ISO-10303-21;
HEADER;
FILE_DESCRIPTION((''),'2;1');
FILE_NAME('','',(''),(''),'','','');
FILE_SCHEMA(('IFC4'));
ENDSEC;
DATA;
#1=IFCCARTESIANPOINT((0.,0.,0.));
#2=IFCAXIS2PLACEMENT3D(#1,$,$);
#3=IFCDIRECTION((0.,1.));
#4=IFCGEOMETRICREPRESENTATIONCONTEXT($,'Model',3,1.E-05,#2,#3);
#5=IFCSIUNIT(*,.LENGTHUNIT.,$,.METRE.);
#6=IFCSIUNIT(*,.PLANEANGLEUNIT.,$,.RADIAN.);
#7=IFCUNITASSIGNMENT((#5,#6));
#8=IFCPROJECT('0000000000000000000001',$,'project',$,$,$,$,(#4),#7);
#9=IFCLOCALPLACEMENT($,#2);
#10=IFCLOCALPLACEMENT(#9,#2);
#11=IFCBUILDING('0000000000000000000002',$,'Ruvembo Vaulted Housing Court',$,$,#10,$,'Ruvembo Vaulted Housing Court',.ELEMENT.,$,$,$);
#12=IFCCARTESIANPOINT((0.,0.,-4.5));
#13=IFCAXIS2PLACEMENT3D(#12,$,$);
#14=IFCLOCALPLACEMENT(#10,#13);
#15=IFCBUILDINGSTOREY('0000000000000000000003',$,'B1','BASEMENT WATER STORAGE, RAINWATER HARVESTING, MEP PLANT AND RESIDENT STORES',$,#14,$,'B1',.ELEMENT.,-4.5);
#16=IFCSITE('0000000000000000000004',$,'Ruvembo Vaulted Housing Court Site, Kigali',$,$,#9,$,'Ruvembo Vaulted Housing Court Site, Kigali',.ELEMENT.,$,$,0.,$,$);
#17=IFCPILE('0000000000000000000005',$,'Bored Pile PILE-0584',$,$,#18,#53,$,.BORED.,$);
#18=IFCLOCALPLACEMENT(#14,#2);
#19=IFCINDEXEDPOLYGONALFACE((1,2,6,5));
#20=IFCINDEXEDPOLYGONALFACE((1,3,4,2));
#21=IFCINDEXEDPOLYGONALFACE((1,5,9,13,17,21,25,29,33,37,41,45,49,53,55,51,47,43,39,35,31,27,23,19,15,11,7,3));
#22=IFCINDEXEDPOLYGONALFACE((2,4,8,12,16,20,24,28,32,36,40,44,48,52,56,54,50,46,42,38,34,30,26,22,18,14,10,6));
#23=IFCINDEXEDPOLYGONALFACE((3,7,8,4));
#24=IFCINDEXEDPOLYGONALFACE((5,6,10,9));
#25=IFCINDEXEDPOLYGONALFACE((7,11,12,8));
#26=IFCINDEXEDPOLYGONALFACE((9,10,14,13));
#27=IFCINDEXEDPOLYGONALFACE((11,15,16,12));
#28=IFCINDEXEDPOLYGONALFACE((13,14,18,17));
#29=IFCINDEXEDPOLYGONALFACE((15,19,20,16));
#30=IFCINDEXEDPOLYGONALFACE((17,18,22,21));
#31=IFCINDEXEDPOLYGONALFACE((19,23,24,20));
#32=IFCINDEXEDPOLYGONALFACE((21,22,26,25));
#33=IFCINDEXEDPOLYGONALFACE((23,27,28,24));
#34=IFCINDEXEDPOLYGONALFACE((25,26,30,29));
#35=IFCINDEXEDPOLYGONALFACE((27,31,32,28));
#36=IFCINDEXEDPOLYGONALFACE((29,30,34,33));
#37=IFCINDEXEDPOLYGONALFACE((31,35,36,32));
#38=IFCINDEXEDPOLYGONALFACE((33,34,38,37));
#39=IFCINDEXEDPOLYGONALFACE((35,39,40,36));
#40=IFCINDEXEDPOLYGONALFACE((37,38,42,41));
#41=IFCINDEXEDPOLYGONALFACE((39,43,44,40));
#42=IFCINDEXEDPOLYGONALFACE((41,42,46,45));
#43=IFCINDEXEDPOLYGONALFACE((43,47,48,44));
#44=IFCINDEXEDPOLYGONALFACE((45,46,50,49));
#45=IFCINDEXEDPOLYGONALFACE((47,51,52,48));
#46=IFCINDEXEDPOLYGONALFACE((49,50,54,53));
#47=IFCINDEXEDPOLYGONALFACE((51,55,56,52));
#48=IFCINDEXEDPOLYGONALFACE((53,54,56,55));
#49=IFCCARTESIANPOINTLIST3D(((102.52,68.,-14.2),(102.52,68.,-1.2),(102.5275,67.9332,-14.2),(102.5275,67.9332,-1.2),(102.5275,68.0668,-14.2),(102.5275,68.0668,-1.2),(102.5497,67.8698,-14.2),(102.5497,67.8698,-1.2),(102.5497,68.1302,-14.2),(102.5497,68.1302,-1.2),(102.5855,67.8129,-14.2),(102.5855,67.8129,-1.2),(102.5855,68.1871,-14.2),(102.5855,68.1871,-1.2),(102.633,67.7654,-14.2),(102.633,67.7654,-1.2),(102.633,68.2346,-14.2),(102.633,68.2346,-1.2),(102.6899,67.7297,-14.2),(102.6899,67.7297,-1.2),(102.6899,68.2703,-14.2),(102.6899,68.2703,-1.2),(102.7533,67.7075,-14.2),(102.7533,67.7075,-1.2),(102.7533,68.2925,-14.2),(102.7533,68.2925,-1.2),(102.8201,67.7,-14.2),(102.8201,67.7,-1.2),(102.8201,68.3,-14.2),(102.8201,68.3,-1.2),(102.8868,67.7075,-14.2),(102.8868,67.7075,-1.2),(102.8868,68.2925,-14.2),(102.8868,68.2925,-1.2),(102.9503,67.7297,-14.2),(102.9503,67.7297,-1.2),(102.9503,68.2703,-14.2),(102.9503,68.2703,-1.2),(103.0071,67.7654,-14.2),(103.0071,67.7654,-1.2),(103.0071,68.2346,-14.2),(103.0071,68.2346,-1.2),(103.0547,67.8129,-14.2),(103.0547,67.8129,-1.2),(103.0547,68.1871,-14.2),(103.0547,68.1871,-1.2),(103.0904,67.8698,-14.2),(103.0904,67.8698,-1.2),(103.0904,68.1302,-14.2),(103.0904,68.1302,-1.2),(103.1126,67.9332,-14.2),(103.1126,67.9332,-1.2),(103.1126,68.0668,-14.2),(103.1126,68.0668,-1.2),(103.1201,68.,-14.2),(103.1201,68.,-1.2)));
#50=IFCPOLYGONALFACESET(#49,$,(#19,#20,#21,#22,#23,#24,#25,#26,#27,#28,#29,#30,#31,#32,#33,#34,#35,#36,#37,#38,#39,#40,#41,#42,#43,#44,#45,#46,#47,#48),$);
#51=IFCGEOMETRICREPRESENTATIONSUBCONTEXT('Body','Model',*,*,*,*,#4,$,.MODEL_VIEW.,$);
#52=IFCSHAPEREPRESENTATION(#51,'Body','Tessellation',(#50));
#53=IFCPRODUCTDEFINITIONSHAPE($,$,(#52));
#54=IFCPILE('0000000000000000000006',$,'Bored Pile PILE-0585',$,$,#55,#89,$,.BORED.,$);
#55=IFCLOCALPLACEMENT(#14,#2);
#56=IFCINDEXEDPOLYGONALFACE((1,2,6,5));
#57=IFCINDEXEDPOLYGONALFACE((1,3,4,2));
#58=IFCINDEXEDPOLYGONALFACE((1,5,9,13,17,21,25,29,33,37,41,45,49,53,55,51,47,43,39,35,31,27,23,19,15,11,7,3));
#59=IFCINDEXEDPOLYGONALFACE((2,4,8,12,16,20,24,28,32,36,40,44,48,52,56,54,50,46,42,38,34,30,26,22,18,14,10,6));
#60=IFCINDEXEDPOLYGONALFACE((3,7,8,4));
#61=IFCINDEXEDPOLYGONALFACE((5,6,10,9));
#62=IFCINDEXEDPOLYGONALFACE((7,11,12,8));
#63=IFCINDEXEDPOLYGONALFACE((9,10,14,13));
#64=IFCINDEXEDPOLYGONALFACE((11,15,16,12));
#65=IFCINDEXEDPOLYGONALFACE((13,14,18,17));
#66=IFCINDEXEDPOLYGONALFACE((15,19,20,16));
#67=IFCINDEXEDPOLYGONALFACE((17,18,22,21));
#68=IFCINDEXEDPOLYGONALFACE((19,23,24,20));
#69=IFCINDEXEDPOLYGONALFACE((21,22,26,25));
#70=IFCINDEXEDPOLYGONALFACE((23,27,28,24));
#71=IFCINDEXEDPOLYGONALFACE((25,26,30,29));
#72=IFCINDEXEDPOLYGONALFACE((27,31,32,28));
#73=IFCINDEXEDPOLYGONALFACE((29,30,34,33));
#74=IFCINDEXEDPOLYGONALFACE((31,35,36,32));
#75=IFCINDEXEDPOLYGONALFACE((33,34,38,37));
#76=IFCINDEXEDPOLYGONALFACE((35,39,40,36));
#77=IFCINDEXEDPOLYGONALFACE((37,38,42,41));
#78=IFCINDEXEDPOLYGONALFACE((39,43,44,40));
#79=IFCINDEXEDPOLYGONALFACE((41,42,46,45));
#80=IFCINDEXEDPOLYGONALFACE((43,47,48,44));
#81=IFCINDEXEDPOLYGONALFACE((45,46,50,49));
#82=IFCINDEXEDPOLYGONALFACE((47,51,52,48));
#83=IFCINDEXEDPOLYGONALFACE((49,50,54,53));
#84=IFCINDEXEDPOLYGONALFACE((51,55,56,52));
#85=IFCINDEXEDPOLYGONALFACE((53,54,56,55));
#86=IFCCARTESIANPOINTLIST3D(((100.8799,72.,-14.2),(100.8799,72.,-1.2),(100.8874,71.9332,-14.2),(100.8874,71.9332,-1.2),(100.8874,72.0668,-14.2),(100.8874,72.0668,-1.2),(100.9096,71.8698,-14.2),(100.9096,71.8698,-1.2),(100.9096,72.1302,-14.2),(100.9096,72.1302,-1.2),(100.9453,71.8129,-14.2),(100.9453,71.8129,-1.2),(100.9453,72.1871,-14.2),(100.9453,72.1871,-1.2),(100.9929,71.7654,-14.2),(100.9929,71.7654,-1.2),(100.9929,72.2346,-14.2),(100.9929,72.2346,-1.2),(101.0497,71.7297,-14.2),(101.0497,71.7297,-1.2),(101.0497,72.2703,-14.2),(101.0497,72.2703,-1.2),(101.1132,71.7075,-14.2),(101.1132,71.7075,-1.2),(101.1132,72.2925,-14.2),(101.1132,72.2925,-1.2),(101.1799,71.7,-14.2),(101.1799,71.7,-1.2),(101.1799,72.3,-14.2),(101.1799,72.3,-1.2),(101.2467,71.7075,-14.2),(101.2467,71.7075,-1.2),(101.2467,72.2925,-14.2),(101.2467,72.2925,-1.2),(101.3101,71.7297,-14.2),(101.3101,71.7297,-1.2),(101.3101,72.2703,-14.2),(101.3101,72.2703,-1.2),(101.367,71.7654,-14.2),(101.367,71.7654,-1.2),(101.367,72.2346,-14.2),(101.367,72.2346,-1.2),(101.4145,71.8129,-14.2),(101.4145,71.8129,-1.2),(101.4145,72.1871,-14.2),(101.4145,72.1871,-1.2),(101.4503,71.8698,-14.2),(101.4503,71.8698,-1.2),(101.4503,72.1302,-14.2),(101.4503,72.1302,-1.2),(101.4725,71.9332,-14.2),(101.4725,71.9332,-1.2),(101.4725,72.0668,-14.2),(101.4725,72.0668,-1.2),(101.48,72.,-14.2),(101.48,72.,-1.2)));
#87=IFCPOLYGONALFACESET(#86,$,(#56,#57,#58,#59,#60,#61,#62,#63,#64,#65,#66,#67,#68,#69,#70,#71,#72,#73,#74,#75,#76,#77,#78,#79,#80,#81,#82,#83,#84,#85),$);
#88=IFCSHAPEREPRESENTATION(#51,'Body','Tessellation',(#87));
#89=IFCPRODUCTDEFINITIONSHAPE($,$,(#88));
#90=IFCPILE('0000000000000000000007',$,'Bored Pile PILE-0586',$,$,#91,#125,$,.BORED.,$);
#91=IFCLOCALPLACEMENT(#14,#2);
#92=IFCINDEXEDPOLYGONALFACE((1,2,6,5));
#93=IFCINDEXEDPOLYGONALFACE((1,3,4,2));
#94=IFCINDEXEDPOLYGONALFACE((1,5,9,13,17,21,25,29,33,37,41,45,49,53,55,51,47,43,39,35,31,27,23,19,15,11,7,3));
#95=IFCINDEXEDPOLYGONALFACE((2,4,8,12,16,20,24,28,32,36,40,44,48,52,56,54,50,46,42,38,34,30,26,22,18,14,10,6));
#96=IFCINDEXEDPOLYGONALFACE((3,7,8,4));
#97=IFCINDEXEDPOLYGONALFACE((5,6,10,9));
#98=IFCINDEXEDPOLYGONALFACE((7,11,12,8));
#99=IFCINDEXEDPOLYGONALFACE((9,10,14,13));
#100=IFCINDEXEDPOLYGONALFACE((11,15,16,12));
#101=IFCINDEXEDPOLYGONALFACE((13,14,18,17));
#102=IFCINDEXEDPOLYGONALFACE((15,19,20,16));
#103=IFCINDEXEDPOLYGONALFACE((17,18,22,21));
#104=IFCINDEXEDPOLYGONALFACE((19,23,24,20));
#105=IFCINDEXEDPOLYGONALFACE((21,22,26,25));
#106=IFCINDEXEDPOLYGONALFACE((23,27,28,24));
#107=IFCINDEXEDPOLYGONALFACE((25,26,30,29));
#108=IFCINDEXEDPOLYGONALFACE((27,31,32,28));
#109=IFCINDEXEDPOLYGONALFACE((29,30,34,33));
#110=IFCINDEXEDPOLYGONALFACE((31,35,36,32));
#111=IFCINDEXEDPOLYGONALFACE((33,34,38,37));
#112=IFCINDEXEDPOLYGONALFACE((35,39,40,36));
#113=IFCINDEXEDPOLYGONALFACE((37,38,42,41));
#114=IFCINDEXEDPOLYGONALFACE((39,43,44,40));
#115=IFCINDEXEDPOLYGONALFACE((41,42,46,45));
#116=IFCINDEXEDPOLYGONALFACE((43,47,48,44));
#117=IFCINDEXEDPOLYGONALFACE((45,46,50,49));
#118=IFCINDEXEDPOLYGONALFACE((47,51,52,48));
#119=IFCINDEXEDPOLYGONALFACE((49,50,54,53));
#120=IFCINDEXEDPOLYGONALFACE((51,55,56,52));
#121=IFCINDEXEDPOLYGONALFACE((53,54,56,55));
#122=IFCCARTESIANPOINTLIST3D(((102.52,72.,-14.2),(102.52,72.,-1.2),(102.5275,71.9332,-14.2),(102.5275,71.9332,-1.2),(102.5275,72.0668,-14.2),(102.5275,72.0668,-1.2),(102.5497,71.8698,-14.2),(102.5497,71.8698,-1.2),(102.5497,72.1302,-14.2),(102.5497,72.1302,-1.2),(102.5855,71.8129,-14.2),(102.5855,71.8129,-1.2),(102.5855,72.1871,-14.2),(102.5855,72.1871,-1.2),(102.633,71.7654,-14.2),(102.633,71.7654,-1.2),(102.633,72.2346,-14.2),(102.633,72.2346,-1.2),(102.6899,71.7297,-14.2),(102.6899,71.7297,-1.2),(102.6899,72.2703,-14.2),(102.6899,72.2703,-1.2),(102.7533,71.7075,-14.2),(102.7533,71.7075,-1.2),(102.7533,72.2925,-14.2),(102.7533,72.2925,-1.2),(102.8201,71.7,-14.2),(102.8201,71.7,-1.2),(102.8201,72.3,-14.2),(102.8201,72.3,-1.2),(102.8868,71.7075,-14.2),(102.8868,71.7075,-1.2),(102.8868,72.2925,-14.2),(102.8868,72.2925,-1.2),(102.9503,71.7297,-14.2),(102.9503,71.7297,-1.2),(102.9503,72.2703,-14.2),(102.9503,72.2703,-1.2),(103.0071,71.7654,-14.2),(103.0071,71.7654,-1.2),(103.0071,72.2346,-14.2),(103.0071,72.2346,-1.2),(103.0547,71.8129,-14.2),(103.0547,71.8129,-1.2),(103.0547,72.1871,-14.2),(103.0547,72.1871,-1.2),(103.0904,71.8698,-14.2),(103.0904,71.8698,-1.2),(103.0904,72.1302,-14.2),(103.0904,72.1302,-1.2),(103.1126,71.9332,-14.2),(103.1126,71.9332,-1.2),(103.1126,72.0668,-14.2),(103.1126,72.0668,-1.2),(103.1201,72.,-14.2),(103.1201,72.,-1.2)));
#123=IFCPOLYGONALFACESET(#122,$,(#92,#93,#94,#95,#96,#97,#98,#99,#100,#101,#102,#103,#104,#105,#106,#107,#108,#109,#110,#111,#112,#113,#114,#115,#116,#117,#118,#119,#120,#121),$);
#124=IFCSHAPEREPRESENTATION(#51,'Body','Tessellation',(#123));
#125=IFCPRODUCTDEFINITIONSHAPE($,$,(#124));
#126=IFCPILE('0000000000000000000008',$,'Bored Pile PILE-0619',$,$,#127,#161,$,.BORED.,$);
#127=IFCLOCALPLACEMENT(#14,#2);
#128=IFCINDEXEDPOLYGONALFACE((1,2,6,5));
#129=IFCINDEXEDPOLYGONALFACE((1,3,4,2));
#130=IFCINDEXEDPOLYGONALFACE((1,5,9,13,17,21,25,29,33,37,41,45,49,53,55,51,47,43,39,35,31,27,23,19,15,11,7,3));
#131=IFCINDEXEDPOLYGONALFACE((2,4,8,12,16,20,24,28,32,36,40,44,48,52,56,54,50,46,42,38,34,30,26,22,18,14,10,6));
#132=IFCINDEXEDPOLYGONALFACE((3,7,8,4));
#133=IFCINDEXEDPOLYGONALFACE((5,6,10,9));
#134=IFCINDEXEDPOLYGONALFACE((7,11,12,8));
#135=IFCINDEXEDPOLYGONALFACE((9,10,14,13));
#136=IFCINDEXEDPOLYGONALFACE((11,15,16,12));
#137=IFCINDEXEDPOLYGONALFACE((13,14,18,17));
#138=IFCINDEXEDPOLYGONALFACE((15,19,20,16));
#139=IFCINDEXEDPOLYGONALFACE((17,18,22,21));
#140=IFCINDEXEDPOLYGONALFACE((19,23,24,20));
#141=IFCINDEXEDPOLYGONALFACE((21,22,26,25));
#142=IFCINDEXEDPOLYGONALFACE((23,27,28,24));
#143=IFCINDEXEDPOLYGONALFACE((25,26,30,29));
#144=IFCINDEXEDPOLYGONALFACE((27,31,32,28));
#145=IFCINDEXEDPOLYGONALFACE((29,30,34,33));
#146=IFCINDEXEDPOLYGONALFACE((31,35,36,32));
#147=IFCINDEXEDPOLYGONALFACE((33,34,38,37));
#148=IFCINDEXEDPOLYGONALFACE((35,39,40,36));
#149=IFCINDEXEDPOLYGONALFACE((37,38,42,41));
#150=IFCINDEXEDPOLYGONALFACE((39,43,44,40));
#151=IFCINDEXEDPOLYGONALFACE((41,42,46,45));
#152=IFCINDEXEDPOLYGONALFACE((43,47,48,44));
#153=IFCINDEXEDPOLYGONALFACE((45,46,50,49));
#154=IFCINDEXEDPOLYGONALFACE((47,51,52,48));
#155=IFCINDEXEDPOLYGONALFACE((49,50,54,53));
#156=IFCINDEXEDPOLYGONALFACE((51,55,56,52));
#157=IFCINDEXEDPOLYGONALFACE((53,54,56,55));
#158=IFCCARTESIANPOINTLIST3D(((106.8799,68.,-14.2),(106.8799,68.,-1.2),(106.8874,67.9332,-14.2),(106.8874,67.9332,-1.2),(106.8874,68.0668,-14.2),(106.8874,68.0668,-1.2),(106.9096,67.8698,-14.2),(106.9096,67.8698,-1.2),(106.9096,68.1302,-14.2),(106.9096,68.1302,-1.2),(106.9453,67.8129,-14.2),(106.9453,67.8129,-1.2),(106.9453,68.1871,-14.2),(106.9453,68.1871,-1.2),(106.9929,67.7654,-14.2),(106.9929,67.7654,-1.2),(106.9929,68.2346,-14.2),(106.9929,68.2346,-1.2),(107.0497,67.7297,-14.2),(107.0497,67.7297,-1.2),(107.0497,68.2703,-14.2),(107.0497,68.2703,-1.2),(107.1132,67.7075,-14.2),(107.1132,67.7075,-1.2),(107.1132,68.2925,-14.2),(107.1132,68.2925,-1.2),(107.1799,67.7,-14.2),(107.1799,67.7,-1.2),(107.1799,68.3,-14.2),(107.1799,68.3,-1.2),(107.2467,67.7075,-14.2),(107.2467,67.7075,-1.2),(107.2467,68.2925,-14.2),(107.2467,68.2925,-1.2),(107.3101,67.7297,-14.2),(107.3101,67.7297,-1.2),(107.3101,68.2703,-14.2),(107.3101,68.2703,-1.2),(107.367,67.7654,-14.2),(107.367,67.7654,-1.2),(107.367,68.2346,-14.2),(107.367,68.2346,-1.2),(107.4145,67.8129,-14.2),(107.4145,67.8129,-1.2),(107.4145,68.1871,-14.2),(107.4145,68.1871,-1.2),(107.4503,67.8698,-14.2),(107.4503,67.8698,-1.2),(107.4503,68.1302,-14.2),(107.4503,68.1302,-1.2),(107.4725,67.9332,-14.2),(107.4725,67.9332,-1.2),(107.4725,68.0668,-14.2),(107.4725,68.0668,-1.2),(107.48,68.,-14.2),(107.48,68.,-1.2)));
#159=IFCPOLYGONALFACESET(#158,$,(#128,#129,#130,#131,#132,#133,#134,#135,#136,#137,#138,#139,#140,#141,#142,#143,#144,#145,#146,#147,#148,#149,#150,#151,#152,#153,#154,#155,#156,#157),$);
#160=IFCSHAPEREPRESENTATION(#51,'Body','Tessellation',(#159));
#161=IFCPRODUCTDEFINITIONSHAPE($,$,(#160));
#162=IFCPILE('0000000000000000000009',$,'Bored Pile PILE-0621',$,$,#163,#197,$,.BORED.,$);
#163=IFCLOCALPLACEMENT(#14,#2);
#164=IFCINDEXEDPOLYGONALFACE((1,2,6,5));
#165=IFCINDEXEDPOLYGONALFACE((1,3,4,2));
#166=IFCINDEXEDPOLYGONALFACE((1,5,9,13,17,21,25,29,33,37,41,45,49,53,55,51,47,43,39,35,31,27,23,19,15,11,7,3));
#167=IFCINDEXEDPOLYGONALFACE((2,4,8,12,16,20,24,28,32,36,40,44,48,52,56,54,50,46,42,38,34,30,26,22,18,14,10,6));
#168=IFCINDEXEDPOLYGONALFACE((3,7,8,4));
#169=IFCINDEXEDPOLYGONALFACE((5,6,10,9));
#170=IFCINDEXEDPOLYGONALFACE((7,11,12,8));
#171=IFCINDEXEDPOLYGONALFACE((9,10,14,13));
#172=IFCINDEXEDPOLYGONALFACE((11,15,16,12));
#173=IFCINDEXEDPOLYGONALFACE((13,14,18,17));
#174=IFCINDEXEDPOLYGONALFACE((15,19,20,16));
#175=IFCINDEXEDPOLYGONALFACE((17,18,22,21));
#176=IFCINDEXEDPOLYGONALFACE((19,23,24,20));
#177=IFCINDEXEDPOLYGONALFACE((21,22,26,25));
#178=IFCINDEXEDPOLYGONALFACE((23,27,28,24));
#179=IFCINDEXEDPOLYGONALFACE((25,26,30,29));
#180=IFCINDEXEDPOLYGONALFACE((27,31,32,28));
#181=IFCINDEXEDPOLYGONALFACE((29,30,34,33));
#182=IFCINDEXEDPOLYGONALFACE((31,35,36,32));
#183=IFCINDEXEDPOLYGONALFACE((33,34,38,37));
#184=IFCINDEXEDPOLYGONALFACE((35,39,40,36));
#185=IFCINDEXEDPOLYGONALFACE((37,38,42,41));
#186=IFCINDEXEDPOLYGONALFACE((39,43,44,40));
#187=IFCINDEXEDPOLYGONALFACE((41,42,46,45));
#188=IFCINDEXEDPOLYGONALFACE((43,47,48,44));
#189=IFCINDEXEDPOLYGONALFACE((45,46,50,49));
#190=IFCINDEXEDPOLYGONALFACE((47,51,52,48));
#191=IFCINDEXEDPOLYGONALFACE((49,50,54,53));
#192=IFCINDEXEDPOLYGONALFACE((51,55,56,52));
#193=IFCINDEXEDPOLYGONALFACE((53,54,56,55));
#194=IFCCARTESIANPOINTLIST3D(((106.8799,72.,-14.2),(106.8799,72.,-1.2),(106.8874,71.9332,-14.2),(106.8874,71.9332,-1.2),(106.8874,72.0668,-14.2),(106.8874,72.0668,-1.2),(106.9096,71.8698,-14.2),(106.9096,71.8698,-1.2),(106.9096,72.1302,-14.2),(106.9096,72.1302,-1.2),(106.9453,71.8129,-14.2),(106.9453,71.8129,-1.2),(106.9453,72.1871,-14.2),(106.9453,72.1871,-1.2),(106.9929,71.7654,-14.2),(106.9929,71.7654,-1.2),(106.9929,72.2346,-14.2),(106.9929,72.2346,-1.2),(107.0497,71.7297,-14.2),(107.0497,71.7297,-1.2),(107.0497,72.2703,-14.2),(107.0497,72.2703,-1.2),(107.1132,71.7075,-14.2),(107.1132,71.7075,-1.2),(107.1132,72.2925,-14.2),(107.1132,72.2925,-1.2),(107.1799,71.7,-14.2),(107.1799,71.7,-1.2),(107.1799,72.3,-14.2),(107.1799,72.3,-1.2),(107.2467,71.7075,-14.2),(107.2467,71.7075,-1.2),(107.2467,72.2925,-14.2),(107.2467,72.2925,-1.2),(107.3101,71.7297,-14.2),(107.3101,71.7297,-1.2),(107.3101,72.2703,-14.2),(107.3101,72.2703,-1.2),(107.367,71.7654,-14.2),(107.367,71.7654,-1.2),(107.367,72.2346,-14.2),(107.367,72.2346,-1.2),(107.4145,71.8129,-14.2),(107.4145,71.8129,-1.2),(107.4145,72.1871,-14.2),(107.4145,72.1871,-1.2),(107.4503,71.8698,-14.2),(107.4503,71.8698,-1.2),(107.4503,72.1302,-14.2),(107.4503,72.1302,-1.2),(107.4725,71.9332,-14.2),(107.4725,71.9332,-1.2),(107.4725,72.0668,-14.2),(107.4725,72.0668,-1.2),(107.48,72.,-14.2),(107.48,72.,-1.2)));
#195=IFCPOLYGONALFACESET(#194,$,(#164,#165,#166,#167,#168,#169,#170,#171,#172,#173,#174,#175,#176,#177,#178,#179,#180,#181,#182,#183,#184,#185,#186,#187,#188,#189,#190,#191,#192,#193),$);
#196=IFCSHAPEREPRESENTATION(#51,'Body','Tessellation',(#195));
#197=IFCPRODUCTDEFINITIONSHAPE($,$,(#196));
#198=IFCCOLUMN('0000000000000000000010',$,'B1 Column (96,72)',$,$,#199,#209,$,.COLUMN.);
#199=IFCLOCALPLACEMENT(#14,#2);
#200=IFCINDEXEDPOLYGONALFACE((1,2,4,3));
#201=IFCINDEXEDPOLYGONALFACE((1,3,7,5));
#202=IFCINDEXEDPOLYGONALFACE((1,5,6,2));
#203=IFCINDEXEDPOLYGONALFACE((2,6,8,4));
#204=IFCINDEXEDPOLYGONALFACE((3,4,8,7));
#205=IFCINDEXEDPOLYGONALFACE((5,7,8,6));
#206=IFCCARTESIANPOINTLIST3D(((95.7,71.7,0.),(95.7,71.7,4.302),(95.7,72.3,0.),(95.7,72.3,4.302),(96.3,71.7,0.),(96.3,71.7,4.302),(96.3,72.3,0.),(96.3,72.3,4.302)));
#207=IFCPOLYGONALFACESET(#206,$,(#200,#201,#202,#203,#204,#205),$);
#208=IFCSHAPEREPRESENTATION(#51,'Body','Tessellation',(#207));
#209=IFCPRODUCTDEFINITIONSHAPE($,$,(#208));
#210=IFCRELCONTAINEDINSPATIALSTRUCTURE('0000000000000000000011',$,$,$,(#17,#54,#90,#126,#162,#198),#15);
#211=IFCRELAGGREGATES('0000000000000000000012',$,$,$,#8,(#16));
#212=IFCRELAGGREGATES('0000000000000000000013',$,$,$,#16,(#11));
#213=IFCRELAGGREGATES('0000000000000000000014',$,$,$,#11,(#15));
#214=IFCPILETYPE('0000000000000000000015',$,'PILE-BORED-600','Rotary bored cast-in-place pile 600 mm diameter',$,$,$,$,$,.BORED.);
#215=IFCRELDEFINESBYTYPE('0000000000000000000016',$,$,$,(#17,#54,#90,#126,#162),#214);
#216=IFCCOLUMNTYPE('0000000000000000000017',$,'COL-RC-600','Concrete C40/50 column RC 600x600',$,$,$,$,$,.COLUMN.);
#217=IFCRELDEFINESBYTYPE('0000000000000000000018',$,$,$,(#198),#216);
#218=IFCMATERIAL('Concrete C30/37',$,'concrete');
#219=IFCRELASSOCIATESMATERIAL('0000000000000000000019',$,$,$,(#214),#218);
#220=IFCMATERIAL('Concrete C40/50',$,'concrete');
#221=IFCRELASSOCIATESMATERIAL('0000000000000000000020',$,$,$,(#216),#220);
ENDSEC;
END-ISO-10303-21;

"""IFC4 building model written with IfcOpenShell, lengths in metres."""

from ifc_helpers import new_model, si_unit, direction, frame, origin, origin_2d, place, context, subcontext, project, spatial, rectangle, circle, extrude, material, material_profile, profile_set, type_object, element, save


model = new_model("IFC4")

# Units and contexts
model_context = context("Model", 3, precision=1e-05, world=origin(), true_north=direction((0.0, 1.0)))
body_context = subcontext(model_context, "Body", "Model", "MODEL_VIEW")
ifc_project = project(units=[si_unit("LENGTHUNIT", "METRE"), si_unit("PLANEANGLEUNIT", "RADIAN")], contexts=[model_context])

# Site, building, storey
site_placement = place(None, origin())
site = spatial("IfcSite", under=ifc_project, at=site_placement, Name="Ruvembo Vaulted Housing Court Site, Kigali", LongName="Ruvembo Vaulted Housing Court Site, Kigali", CompositionType="ELEMENT", RefElevation=0.0)
building_placement = place(site_placement, origin())
building = spatial("IfcBuilding", under=site, at=building_placement, Name="Ruvembo Vaulted Housing Court", LongName="Ruvembo Vaulted Housing Court", CompositionType="ELEMENT")
storey_placement = place(building_placement, frame((0.0, 0.0, -4.5)))
storey = spatial("IfcBuildingStorey", under=building, at=storey_placement, Name="B1", Description="BASEMENT WATER STORAGE, RAINWATER HARVESTING, MEP PLANT AND RESIDENT STORES", LongName="B1", CompositionType="ELEMENT", Elevation=-4.5)

# Piles
ifc_material_1 = material(Name="Concrete C30/37", Category="concrete")
ifc_material_profile_1 = material_profile(ifc_material_1, circle(Radius=0.3, at=origin_2d()), Name="PILE D600")
ifc_profile_set_1 = profile_set([ifc_material_profile_1], Name="Concrete C30/37")
pile_type = type_object("IfcPileType", Name="PILE-BORED-600", Description="Rotary bored cast-in-place pile 600 mm diameter", PredefinedType="BORED", material=ifc_profile_set_1)
for number, where, z_axis, x_axis, name in (
    (1, (102.8201, 68.0, -1.2), (0.0, 0.0, -1.0), (1.0, 0.0, 0.0), "Bored Pile PILE-0584"),
    (2, (101.1799, 72.0, -1.2), (0.0, 0.0, -1.0), (1.0, 0.0, 0.0), "Bored Pile PILE-0585"),
    (3, (102.8201, 72.0, -1.2), (0.0, 0.0, -1.0), (1.0, 0.0, 0.0), "Bored Pile PILE-0586"),
    (4, (107.1799, 68.0, -1.2), (0.0, 0.0, -1.0), (1.0, 0.0, 0.0), "Bored Pile PILE-0619"),
    (5, (107.1799, 72.0, -1.2), (0.0, 0.0, -1.0), (1.0, 0.0, 0.0), "Bored Pile PILE-0621"),
):
    element("IfcPile", number, at=place(storey_placement, frame(where, z_axis=z_axis, x_axis=x_axis)), inside=storey, type_object=pile_type, Name=name, PredefinedType="BORED", context=body_context, shape_type="SweptSolid", body=[
        extrude(circle(Radius=0.3, at=origin_2d()), origin(), (0.0, 0.0, 1.0), 13.0),
    ])

# Column
ifc_material_2 = material(Name="Concrete C40/50", Category="concrete")
ifc_material_profile_2 = material_profile(ifc_material_2, rectangle(XDim=0.6001, YDim=0.6001, at=origin_2d()), Name="RC 600x600")
ifc_profile_set_2 = profile_set([ifc_material_profile_2], Name="Concrete C40/50")
column_type_1 = type_object("IfcColumnType", Name="COL-RC-600", Description="Concrete C40/50 column RC 600x600", PredefinedType="COLUMN", material=ifc_profile_set_2)
for number, where, z_axis, x_axis, name in (
    (6, (96.0, 72.0, 0.0), (0.0, 0.0, 1.0), (1.0, 0.0, 0.0), "B1 Column (96,72)"),
):
    element("IfcColumn", number, at=place(storey_placement, frame(where, z_axis=z_axis, x_axis=x_axis)), inside=storey, type_object=column_type_1, Name=name, PredefinedType="COLUMN", context=body_context, shape_type="SweptSolid", body=[
        extrude(rectangle(XDim=0.6001, YDim=0.6001, at=origin_2d()), origin(), (0.0, 0.0, 1.0), 4.302),
    ])

save(model, "model.ifc")
